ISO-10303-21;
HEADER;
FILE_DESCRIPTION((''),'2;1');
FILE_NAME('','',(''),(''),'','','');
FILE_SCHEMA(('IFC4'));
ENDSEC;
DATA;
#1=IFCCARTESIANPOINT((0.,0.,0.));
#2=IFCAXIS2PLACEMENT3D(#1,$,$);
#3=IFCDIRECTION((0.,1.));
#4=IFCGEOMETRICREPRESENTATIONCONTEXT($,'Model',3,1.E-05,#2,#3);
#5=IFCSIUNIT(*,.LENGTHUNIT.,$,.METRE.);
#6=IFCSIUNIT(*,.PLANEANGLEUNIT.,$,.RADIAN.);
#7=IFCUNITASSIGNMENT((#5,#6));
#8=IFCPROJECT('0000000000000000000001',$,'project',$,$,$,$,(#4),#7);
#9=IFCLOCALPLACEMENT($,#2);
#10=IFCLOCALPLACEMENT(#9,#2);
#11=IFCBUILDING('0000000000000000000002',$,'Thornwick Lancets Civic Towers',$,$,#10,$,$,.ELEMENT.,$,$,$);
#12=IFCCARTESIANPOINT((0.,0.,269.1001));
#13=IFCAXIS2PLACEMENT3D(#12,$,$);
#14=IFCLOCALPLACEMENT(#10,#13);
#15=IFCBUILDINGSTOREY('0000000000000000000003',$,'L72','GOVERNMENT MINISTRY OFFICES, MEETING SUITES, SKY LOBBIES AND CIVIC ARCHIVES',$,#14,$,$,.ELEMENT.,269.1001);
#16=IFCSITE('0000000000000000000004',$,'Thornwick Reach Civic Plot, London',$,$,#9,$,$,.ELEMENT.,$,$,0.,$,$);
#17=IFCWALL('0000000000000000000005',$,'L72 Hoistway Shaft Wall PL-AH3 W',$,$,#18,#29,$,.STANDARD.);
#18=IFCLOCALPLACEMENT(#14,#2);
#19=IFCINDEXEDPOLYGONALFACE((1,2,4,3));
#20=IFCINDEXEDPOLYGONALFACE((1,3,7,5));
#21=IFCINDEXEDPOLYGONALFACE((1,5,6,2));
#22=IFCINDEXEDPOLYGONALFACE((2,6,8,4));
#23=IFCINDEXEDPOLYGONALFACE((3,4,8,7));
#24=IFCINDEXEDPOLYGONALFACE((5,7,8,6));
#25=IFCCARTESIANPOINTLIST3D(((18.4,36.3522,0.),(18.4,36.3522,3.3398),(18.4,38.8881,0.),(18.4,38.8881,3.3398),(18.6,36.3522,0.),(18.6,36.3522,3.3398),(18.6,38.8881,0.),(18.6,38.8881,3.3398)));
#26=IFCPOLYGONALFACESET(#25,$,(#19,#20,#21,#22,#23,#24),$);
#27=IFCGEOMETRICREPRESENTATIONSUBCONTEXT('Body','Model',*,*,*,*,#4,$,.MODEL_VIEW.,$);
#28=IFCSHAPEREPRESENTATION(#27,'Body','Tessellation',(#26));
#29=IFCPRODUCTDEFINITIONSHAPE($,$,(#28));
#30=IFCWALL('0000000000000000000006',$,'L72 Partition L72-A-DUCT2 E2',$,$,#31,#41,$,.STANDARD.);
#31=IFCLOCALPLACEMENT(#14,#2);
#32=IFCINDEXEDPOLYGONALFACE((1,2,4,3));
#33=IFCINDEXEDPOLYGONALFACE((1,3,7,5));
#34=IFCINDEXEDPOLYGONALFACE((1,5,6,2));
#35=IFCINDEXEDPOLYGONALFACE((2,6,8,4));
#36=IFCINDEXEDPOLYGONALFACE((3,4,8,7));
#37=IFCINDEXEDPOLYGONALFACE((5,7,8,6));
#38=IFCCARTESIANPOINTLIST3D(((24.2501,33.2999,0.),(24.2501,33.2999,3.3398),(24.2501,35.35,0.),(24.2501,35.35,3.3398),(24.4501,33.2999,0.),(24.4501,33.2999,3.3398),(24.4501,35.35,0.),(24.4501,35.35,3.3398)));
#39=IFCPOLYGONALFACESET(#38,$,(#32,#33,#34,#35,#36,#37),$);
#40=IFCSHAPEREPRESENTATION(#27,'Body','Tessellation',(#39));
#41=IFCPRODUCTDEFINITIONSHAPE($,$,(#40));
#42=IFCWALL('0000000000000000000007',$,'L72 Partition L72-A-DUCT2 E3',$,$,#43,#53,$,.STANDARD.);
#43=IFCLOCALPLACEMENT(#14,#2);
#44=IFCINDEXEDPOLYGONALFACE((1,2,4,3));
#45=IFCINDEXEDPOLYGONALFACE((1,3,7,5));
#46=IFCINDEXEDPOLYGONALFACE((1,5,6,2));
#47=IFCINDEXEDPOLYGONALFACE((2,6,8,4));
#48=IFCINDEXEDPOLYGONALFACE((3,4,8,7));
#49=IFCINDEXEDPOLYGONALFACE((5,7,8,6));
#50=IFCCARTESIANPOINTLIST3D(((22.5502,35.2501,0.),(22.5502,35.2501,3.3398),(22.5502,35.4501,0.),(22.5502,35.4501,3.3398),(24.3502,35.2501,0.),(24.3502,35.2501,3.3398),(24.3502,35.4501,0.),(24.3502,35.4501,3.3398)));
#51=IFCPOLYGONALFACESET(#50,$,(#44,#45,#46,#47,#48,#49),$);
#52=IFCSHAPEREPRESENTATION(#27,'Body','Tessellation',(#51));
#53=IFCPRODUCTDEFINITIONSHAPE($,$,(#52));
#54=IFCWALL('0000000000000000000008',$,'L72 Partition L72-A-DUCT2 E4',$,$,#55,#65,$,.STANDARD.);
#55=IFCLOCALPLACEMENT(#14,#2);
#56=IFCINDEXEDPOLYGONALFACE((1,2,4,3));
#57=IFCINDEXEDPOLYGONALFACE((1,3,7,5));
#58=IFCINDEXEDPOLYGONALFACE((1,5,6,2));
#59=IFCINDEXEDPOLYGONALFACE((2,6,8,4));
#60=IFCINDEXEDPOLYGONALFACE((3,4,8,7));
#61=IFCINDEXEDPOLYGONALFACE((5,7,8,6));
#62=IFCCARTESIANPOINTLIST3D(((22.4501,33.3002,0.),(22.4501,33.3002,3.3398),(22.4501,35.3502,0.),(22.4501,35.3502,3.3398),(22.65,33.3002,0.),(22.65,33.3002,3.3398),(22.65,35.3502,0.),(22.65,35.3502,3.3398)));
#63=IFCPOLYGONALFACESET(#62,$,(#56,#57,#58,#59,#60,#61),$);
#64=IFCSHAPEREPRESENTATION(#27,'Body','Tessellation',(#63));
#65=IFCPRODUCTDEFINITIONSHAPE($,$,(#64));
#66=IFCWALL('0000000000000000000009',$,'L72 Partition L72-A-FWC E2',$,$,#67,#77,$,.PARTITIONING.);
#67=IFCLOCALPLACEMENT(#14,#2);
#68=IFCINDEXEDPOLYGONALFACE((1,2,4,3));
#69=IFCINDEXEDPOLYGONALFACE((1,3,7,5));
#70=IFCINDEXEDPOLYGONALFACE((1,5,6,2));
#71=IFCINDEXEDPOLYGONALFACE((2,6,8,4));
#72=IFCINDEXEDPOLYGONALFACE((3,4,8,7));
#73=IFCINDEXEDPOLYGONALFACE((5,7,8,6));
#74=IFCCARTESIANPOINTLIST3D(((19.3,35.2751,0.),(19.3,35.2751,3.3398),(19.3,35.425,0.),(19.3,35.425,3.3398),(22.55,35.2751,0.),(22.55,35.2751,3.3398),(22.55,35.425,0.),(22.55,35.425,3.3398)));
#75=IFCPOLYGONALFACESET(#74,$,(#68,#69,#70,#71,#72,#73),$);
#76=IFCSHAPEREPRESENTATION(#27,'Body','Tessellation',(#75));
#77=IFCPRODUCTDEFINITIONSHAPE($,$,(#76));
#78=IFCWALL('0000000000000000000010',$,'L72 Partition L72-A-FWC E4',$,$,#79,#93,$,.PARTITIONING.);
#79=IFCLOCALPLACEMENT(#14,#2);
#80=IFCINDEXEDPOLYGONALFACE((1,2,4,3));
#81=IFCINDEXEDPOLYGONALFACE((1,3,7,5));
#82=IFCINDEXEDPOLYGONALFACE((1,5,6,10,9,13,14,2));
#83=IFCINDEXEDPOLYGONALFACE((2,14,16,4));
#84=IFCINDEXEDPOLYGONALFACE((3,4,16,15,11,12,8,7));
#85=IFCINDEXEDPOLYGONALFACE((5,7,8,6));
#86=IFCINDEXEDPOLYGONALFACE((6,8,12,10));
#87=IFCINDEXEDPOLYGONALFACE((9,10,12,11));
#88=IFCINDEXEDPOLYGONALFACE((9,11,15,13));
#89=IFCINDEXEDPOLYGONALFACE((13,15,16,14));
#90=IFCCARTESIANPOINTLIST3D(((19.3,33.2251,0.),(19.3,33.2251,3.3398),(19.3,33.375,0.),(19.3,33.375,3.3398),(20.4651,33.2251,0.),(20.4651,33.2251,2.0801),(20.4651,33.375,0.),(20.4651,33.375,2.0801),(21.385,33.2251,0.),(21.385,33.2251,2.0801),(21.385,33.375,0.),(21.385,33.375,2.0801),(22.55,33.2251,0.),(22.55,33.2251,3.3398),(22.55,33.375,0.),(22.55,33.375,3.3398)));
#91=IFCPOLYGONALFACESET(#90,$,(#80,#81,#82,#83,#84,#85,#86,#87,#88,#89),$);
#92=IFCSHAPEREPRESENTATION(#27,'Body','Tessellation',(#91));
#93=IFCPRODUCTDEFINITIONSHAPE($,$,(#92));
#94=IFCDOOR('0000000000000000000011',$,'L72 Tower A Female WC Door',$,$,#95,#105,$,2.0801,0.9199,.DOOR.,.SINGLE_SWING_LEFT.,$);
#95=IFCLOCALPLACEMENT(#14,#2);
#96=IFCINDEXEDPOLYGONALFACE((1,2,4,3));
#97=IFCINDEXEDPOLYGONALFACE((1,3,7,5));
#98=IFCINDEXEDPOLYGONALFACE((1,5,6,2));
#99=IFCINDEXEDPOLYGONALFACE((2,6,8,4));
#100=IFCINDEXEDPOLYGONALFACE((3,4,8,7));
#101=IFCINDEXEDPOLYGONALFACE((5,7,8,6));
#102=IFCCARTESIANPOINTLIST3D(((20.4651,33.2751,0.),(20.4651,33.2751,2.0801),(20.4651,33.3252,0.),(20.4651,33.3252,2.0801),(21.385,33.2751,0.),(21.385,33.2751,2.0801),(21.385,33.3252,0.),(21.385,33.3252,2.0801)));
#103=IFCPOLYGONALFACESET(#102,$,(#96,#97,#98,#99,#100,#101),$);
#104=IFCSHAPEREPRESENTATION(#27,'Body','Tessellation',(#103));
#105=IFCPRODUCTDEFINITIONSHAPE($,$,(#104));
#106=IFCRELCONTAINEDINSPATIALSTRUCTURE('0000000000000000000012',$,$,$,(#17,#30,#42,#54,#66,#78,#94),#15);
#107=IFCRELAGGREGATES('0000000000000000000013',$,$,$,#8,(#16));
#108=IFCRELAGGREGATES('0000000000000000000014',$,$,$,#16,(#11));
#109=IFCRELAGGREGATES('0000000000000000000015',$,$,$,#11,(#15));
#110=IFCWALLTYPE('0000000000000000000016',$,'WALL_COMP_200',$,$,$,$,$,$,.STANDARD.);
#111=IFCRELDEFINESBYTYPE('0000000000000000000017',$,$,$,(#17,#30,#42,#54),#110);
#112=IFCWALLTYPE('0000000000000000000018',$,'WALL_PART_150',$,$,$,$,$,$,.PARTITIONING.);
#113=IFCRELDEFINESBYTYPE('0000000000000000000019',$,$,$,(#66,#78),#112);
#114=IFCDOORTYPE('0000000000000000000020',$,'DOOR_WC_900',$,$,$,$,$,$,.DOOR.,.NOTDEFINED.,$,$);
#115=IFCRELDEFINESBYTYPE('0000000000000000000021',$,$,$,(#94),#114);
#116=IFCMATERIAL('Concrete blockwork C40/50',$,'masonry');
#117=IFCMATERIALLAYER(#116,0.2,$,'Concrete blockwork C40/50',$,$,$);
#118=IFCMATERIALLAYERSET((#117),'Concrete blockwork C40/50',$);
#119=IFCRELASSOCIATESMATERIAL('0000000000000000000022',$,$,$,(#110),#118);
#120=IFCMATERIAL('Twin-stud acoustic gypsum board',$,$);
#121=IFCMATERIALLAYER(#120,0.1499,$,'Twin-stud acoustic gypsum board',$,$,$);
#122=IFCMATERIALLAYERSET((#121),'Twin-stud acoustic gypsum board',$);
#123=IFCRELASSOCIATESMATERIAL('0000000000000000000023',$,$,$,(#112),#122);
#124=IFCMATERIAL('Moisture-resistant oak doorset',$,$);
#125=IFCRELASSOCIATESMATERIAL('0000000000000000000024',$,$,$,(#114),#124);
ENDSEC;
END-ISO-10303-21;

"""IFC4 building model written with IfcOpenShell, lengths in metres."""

from ifc_helpers import new_model, si_unit, direction, frame, frame_2d, origin, place, context, subcontext, project, spatial, rectangle, extrude, material, layer, layer_set, type_object, element, fill, save


model = new_model("IFC4")

# Units and contexts
model_context = context("Model", 3, precision=1e-05, world=origin(), true_north=direction((0.0, 1.0)))
body_context = subcontext(model_context, "Body", "Model", "MODEL_VIEW")
ifc_project = project(units=[si_unit("LENGTHUNIT", "METRE"), si_unit("PLANEANGLEUNIT", "RADIAN")], contexts=[model_context])

# Site, building, storey
site_placement = place(None, origin())
site = spatial("IfcSite", under=ifc_project, at=site_placement, Name="Thornwick Reach Civic Plot, London", CompositionType="ELEMENT", RefElevation=0.0)
building_placement = place(site_placement, origin())
building = spatial("IfcBuilding", under=site, at=building_placement, Name="Thornwick Lancets Civic Towers", CompositionType="ELEMENT")
storey_placement = place(building_placement, frame((0.0, 0.0, 269.1001)))
storey = spatial("IfcBuildingStorey", under=building, at=storey_placement, Name="L72", Description="GOVERNMENT MINISTRY OFFICES, MEETING SUITES, SKY LOBBIES AND CIVIC ARCHIVES", CompositionType="ELEMENT", Elevation=269.1001)

# Shared definitions
ifc_material_1 = material(Name="Concrete blockwork C40/50", Category="masonry")
ifc_layer_1 = layer(ifc_material_1, 0.2, Name="Concrete blockwork C40/50")
ifc_layer_set_1 = layer_set([ifc_layer_1], Name="Concrete blockwork C40/50")
wall_type_1 = type_object("IfcWallType", Name="WALL_COMP_200", PredefinedType="STANDARD", material=ifc_layer_set_1)

# Walls
for number, where, z_axis, x_axis, name in (
    (1, (18.5, 36.3521, 0.0), (0.0, 0.0, 1.0), (0.0, 1.0, 0.0), "L72 Hoistway Shaft Wall PL-AH3 W"),
):
    element("IfcWall", number, at=place(storey_placement, frame(where, z_axis=z_axis, x_axis=x_axis)), inside=storey, type_object=wall_type_1, Name=name, PredefinedType="STANDARD", context=body_context, shape_type="SweptSolid", body=[
        extrude(rectangle(XDim=2.5359, YDim=0.2, at=frame_2d((1.2681, 0.0))), origin(), (0.0, 0.0, 1.0), 3.3398),
    ])
wall_1_placement = place(storey_placement, frame((24.3501, 33.3, 0.0), z_axis=(0.0, 0.0, 1.0), x_axis=(0.0, 1.0, 0.0)))
element("IfcWall", 2, at=wall_1_placement, inside=storey, type_object=wall_type_1, Name="L72 Partition L72-A-DUCT2 E2", PredefinedType="STANDARD", context=body_context, shape_type="SweptSolid", body=[
    extrude(rectangle(XDim=2.05, YDim=0.2, at=frame_2d((1.0249, 0.0))), origin(), (0.0, 0.0, 1.0), 3.3398),
])
wall_2_placement = place(storey_placement, frame((24.3501, 35.3501, 0.0), z_axis=(0.0, 0.0, 1.0), x_axis=(-1.0, 0.0, 0.0)))
element("IfcWall", 3, at=wall_2_placement, inside=storey, type_object=wall_type_1, Name="L72 Partition L72-A-DUCT2 E3", PredefinedType="STANDARD", context=body_context, shape_type="SweptSolid", body=[
    extrude(rectangle(XDim=1.8, YDim=0.2, at=frame_2d((0.8999, 0.0))), origin(), (0.0, 0.0, 1.0), 3.3398),
])
wall_3_placement = place(storey_placement, frame((22.55, 35.3501, 0.0), z_axis=(0.0, 0.0, 1.0), x_axis=(0.0, -1.0, 0.0)))
element("IfcWall", 4, at=wall_3_placement, inside=storey, type_object=wall_type_1, Name="L72 Partition L72-A-DUCT2 E4", PredefinedType="STANDARD", context=body_context, shape_type="SweptSolid", body=[
    extrude(rectangle(XDim=2.05, YDim=0.2, at=frame_2d((1.0249, 0.0))), origin(), (0.0, 0.0, 1.0), 3.3398),
])
ifc_material_2 = material(Name="Twin-stud acoustic gypsum board")
ifc_layer_2 = layer(ifc_material_2, 0.1499, Name="Twin-stud acoustic gypsum board")
ifc_layer_set_2 = layer_set([ifc_layer_2], Name="Twin-stud acoustic gypsum board")
wall_type_2 = type_object("IfcWallType", Name="WALL_PART_150", PredefinedType="PARTITIONING", material=ifc_layer_set_2)
wall_4_placement = place(storey_placement, frame((19.3, 35.3501, 0.0), z_axis=(0.0, 0.0, 1.0), x_axis=(1.0, 0.0, 0.0)))
element("IfcWall", 5, at=wall_4_placement, inside=storey, type_object=wall_type_2, Name="L72 Partition L72-A-FWC E2", PredefinedType="PARTITIONING", context=body_context, shape_type="SweptSolid", body=[
    extrude(rectangle(XDim=3.25, YDim=0.1499, at=frame_2d((1.625, 0.0))), origin(), (0.0, 0.0, 1.0), 3.3398),
])

# Wall, opening, door
wall_5_placement = place(storey_placement, frame((22.55, 33.3, 0.0), z_axis=(0.0, 0.0, 1.0), x_axis=(-1.0, 0.0, 0.0)))
wall_5 = element("IfcWall", 6, at=wall_5_placement, inside=storey, type_object=wall_type_2, Name="L72 Partition L72-A-FWC E4", PredefinedType="PARTITIONING", context=body_context, shape_type="SweptSolid", body=[
    extrude(rectangle(XDim=3.25, YDim=0.1499, at=frame_2d((1.625, 0.0))), origin(), (0.0, 0.0, 1.0), 3.3398),
])
opening_1_placement = place(wall_5_placement, frame((1.165, 0.0, 0.0)))
opening_1 = element("IfcOpeningElement", 7, at=opening_1_placement, cuts=wall_5, PredefinedType="OPENING", context=body_context, shape_type="SweptSolid", body=[
    extrude(rectangle(XDim=0.9199, YDim=2.0801, at=frame_2d((0.46, 1.04))), frame((0.0, 0.085, 0.0), z_axis=(0.0, -1.0, 0.0), x_axis=(1.0, 0.0, 0.0)), (0.0, 0.0, 1.0), 0.1699),
])
ifc_material_3 = material(Name="Moisture-resistant oak doorset")
door_type_1 = type_object("IfcDoorType", Name="DOOR_WC_900", OperationType="NOTDEFINED", PredefinedType="DOOR", material=ifc_material_3)
door_1_placement = place(opening_1_placement, origin())
door_1 = element("IfcDoor", 8, at=door_1_placement, inside=storey, type_object=door_type_1, Name="L72 Tower A Female WC Door", OperationType="SINGLE_SWING_LEFT", OverallHeight=2.0801, OverallWidth=0.9199, PredefinedType="DOOR", context=body_context, shape_type="SweptSolid", body=[
    extrude(rectangle(XDim=0.9199, YDim=2.0801, at=frame_2d((0.46, 1.04))), frame((0.0, 0.0249, 0.0), z_axis=(0.0, -1.0, 0.0), x_axis=(1.0, 0.0, 0.0)), (0.0, 0.0, 1.0), 0.05),
])
fill(opening_1, door_1)

save(model, "model.ifc")
